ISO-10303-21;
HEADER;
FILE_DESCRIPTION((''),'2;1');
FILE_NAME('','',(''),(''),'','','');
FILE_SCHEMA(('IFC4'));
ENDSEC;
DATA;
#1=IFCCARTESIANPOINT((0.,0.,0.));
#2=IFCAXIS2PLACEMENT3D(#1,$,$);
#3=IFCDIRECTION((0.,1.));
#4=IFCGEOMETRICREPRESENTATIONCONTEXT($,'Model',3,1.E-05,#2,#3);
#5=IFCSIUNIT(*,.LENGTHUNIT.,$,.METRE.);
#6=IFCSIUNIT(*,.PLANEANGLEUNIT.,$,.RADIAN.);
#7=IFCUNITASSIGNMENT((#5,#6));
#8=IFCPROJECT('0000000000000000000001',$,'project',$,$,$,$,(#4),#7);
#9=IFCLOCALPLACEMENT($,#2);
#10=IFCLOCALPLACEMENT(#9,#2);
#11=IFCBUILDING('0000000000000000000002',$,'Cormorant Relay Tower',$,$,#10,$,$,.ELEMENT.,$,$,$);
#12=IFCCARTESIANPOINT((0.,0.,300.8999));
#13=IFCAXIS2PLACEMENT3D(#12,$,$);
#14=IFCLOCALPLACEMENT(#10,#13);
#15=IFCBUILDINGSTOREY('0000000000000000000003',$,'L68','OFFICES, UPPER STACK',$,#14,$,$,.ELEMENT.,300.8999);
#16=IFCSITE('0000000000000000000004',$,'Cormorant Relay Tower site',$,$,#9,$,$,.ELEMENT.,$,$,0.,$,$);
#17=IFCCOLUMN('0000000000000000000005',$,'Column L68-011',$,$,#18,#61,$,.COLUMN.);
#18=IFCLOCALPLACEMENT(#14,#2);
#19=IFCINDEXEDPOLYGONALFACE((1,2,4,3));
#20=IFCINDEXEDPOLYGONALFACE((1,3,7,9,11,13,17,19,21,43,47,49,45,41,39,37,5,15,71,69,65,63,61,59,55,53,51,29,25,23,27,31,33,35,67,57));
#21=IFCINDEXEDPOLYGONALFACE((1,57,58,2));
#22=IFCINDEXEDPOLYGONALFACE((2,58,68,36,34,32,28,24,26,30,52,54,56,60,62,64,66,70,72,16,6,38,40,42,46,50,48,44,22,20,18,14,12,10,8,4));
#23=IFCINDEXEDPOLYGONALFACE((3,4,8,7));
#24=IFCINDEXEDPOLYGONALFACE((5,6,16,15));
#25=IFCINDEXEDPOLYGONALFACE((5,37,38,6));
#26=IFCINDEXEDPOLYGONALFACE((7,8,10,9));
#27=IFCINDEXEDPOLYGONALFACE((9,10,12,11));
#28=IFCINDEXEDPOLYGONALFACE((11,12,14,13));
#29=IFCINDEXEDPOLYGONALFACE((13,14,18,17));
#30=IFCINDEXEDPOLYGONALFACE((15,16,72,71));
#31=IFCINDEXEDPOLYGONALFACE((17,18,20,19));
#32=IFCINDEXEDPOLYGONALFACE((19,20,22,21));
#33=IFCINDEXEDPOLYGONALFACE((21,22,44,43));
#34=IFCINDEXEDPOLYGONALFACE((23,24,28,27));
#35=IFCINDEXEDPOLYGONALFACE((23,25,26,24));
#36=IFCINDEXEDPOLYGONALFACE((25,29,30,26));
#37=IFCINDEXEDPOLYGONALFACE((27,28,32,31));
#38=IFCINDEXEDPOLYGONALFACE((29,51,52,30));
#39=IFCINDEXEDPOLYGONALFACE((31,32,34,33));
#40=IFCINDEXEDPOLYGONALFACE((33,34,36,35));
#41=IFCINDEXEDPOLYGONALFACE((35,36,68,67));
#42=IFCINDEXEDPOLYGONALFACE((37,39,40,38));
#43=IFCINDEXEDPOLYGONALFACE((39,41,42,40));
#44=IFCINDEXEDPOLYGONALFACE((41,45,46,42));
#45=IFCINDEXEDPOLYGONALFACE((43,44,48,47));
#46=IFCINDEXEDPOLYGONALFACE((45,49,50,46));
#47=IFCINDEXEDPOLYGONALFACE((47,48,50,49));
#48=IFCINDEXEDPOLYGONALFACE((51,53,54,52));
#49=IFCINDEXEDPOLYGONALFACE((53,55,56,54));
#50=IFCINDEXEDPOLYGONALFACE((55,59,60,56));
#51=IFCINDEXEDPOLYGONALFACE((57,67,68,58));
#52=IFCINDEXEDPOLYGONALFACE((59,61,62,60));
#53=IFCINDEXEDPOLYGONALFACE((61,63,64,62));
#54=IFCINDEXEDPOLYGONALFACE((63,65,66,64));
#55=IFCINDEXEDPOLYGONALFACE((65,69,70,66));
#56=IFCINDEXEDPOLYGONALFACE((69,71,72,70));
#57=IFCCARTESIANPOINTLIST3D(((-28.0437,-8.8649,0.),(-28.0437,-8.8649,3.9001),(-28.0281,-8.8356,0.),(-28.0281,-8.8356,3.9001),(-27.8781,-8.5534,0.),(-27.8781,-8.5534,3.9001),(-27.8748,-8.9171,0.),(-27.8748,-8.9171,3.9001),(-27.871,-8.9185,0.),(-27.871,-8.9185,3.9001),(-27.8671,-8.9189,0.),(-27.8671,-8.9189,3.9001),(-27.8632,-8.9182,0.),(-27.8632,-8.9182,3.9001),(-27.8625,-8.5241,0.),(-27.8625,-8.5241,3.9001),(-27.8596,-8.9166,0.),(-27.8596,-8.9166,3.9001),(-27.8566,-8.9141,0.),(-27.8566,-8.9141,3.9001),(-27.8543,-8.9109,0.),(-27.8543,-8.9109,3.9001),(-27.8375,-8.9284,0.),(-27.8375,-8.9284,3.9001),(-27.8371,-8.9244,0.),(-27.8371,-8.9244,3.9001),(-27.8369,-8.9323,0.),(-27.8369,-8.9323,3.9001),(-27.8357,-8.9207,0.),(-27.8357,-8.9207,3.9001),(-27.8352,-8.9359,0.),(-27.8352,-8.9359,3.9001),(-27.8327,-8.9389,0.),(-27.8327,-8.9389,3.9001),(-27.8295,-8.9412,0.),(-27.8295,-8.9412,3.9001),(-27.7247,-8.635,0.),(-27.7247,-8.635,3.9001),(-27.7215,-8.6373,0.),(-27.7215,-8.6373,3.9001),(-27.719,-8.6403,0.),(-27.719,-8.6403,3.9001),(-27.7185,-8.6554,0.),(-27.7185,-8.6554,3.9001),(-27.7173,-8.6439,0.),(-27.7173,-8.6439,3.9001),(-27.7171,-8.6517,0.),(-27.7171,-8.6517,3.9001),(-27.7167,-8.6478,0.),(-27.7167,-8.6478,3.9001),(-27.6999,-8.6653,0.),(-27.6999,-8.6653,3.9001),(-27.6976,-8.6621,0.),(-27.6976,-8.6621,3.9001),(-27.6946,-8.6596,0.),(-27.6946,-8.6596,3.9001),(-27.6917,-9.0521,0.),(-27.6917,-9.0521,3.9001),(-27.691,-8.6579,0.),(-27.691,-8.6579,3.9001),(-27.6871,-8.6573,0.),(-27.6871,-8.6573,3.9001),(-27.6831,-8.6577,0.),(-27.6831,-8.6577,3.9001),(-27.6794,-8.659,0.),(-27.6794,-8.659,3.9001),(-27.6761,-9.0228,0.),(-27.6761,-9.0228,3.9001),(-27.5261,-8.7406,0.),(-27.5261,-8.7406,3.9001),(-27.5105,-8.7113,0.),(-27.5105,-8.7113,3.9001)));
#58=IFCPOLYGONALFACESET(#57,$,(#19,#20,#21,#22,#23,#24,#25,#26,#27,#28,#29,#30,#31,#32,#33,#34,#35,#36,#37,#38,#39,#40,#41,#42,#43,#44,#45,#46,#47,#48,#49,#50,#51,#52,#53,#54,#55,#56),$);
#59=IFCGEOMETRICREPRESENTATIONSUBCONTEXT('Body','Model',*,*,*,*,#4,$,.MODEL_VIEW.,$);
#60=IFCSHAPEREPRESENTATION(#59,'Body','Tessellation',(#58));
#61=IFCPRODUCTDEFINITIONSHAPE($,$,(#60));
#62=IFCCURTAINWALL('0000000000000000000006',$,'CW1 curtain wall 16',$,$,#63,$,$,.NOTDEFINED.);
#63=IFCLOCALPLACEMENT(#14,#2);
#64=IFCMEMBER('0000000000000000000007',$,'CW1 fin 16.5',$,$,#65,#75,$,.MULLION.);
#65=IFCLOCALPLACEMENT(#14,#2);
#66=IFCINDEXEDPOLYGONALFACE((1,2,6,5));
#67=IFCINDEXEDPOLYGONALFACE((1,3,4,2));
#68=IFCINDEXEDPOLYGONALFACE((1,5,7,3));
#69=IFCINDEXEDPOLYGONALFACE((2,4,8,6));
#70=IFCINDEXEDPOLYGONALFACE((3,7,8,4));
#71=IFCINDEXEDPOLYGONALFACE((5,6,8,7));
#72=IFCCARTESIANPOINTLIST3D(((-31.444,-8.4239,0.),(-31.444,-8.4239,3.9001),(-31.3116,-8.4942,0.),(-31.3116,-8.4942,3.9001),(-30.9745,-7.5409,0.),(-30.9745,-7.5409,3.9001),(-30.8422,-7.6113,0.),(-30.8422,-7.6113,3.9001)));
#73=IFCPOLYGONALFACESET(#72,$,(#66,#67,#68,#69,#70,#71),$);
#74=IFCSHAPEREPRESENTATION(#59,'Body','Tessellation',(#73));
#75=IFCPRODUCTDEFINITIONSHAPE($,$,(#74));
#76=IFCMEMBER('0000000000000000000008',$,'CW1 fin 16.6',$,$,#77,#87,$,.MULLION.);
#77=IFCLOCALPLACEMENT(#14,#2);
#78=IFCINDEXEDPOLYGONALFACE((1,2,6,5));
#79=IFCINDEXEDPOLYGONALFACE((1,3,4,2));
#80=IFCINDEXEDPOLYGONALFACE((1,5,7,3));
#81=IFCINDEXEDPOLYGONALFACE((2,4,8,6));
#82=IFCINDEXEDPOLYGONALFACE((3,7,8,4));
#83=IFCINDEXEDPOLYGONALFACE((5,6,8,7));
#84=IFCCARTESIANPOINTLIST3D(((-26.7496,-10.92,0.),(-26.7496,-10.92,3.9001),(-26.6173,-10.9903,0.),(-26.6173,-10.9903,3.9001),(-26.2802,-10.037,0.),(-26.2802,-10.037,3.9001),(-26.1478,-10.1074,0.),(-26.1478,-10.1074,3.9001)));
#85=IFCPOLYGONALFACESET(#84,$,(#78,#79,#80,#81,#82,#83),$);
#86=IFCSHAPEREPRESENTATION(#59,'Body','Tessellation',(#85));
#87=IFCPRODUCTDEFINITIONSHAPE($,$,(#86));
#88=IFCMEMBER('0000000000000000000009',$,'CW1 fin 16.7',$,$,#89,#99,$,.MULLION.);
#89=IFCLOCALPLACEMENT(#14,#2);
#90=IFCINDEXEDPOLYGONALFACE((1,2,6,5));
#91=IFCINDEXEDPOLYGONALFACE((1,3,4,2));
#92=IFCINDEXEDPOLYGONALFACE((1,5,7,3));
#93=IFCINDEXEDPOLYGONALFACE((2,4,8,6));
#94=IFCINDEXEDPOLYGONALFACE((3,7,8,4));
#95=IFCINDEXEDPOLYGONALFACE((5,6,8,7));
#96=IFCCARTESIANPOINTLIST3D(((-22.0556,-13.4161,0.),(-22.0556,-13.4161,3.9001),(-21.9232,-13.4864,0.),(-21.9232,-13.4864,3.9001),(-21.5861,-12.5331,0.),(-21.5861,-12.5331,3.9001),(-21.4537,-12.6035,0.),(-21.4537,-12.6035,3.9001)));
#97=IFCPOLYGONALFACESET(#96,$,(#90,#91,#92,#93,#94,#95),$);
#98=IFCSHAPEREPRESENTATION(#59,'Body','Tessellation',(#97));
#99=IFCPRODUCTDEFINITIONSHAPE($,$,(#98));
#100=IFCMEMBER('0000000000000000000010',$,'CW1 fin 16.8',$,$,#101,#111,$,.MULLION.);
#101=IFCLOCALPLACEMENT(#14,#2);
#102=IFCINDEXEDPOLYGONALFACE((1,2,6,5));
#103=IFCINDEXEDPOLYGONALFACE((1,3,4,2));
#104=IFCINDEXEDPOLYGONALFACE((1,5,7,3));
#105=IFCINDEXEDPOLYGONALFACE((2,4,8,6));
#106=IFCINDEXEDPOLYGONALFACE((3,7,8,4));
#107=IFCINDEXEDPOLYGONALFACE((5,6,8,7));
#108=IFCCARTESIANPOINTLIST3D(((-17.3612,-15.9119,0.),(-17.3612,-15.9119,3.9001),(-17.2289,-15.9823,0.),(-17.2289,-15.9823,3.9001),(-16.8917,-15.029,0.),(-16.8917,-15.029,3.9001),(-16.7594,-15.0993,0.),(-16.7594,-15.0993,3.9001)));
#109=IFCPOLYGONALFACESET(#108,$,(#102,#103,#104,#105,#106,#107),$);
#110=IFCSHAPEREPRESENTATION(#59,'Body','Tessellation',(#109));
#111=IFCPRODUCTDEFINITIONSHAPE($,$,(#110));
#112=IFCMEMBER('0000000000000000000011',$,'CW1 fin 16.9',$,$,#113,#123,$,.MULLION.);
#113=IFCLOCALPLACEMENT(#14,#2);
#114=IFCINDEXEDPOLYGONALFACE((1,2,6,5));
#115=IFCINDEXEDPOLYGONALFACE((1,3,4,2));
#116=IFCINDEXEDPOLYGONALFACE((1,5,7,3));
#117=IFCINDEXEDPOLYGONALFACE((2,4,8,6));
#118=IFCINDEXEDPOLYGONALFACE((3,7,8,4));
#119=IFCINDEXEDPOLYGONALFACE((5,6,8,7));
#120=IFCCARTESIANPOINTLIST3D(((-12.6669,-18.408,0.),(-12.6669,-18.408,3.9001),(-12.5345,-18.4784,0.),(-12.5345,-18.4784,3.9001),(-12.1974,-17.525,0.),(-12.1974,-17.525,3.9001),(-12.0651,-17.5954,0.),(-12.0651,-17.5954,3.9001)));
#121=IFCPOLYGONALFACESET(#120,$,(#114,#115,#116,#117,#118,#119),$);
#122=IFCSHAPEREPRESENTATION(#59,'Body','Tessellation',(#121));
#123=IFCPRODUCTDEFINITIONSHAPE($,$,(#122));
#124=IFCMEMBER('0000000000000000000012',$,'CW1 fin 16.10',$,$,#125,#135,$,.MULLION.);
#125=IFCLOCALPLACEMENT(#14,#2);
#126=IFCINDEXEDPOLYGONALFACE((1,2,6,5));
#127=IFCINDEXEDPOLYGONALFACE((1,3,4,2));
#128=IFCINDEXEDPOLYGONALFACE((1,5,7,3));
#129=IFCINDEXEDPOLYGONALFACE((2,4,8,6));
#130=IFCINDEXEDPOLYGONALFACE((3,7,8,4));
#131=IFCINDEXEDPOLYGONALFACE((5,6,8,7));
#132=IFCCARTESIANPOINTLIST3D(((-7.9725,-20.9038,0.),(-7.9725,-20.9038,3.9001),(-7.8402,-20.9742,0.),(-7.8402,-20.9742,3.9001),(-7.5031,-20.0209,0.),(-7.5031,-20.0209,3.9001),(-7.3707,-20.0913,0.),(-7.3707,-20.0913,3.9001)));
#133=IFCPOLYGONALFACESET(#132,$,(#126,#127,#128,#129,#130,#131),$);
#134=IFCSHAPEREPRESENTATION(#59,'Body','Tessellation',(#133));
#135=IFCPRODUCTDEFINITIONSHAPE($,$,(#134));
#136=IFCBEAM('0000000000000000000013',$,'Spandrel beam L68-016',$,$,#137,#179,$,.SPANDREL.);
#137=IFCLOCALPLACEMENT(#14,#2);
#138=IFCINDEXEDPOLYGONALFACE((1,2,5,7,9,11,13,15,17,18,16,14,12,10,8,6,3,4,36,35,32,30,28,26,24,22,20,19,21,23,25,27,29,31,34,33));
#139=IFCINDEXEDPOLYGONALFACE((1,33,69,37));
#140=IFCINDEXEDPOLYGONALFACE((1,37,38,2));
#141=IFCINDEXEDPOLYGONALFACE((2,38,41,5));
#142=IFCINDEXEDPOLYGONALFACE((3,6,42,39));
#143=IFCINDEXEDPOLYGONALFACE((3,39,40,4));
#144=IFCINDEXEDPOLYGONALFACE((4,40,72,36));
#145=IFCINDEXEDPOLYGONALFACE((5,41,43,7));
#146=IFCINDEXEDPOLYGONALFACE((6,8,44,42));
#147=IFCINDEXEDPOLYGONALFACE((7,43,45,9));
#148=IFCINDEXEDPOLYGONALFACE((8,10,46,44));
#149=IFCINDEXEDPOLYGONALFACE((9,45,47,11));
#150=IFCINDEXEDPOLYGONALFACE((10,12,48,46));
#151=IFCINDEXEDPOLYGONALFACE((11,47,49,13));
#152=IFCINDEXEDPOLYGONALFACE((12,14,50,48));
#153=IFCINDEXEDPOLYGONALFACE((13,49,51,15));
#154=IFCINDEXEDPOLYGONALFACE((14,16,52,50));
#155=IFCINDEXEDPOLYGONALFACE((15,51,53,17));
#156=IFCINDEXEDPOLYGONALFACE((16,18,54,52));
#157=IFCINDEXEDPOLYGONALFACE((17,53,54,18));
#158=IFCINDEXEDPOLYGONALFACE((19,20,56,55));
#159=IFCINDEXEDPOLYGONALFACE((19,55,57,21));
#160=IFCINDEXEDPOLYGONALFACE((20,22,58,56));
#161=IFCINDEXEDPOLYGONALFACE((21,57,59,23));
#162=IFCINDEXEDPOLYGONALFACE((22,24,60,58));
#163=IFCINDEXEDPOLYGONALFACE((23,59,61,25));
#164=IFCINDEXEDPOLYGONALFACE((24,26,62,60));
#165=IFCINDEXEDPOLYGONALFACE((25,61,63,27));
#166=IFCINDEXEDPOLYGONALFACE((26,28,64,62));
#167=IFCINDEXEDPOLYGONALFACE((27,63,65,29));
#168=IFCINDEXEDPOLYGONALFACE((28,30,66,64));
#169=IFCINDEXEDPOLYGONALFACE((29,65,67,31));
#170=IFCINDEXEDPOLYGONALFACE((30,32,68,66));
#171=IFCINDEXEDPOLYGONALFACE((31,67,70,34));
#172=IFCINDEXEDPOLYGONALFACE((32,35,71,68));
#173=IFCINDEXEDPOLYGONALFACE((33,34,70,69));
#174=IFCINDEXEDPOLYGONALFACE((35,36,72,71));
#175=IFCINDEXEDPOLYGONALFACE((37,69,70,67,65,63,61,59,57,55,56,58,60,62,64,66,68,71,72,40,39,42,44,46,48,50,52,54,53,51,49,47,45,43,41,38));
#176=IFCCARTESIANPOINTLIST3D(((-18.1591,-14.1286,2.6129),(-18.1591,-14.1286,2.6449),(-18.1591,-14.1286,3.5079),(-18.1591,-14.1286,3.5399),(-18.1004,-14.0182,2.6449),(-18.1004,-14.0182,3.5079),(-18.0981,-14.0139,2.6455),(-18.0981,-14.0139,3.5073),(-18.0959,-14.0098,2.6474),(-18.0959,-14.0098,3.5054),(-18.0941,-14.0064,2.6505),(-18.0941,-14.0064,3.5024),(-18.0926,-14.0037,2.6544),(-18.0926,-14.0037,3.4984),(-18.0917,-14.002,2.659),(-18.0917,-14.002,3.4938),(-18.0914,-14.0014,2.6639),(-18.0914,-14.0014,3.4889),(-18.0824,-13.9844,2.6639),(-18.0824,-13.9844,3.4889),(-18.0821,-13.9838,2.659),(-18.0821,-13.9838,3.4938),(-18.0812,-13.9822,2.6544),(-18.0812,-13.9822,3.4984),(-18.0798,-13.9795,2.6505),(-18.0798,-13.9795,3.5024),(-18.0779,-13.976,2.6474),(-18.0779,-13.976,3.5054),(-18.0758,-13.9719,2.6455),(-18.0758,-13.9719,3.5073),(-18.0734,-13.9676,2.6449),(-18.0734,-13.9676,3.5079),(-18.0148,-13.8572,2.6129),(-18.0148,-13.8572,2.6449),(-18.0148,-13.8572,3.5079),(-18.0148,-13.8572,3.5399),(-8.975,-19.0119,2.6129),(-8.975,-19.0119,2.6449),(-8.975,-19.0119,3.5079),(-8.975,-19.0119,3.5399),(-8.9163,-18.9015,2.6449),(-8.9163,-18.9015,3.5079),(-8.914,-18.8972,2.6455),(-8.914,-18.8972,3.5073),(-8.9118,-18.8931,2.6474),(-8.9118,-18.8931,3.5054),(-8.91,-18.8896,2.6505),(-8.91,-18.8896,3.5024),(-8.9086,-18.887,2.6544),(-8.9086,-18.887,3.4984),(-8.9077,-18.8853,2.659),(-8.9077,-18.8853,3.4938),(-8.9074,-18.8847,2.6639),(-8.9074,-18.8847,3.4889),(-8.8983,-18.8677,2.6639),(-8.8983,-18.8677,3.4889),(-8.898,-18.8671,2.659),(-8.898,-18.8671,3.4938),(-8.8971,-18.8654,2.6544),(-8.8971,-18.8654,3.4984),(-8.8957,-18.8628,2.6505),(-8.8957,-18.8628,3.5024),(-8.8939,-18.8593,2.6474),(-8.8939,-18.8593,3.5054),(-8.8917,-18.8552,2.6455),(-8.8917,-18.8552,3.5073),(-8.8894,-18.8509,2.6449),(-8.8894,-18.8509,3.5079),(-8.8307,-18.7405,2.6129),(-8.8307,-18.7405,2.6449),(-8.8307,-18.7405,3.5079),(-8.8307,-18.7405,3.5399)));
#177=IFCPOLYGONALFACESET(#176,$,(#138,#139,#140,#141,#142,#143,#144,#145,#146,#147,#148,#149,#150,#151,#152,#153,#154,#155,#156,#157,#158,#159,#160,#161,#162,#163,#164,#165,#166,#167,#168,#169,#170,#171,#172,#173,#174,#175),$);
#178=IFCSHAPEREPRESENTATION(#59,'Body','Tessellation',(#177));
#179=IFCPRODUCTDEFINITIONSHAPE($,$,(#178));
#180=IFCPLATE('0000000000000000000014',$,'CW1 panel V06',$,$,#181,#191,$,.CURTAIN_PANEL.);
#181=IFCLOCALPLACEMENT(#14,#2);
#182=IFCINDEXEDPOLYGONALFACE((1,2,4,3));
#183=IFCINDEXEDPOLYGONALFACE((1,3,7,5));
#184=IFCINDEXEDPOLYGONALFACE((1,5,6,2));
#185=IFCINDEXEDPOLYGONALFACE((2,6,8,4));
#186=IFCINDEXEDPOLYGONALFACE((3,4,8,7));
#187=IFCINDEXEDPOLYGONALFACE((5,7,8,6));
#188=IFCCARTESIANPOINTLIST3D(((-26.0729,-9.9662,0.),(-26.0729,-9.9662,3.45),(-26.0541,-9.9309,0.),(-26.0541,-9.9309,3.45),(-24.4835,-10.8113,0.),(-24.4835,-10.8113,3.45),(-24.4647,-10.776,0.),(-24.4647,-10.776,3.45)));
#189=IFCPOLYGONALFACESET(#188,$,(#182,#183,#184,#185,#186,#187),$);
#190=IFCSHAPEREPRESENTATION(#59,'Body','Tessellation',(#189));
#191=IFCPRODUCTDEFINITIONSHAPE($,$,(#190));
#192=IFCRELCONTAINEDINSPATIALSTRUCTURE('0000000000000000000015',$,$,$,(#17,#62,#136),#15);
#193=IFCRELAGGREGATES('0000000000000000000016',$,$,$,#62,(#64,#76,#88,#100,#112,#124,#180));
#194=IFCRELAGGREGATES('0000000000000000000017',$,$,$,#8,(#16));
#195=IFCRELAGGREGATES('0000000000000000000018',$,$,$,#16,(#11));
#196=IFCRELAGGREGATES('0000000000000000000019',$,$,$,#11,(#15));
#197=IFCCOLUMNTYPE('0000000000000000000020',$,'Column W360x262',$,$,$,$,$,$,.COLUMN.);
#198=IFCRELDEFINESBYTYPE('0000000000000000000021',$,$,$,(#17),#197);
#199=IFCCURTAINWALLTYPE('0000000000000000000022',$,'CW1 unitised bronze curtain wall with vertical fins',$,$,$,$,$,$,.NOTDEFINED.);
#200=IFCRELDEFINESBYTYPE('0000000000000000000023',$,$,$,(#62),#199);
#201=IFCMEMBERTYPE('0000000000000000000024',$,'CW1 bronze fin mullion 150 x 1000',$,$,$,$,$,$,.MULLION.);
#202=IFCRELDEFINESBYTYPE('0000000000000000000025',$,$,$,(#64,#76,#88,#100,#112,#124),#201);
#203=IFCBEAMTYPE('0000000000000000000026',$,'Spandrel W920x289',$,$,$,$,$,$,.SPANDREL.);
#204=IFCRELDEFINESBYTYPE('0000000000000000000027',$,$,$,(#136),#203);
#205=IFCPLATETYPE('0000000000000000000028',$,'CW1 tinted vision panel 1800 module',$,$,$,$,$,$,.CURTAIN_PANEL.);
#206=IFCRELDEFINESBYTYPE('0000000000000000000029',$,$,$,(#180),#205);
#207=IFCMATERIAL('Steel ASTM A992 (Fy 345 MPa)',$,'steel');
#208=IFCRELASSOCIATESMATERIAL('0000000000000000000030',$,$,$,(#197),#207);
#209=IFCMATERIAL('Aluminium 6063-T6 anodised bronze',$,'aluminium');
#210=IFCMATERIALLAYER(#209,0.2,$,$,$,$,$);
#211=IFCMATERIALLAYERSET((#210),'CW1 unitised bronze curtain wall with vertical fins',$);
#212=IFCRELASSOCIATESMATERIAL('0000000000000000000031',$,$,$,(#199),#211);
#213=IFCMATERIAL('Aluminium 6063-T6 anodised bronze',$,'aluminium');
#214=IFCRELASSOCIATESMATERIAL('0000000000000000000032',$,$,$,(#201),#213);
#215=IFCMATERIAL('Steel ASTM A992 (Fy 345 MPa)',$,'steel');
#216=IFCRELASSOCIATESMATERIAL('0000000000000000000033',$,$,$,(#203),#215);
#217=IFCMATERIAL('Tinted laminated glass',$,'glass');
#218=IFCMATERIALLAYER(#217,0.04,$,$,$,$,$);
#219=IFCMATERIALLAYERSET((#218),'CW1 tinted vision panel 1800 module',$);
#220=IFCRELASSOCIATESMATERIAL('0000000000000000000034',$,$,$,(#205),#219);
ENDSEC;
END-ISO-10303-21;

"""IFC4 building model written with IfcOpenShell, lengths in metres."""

from ifc_helpers import new_model, si_unit, direction, frame, origin, origin_2d, place, context, subcontext, project, spatial, rectangle, i_section, extrude, material, layer, layer_set, material_profile, profile_set, type_object, element, aggregate, save


model = new_model("IFC4")

# Units and contexts
model_context = context("Model", 3, precision=1e-05, world=origin(), true_north=direction((0.0, 1.0)))
body_context = subcontext(model_context, "Body", "Model", "MODEL_VIEW")
ifc_project = project(units=[si_unit("LENGTHUNIT", "METRE"), si_unit("PLANEANGLEUNIT", "RADIAN")], contexts=[model_context])

# Site, building, storey
site_placement = place(None, origin())
site = spatial("IfcSite", under=ifc_project, at=site_placement, Name="Cormorant Relay Tower site", CompositionType="ELEMENT", RefElevation=0.0)
building_placement = place(site_placement, origin())
building = spatial("IfcBuilding", under=site, at=building_placement, Name="Cormorant Relay Tower", CompositionType="ELEMENT")
storey_placement = place(building_placement, frame((0.0, 0.0, 300.8999)))
storey = spatial("IfcBuildingStorey", under=building, at=storey_placement, Name="L68", Description="OFFICES, UPPER STACK", CompositionType="ELEMENT", Elevation=300.8999)

# Column
ifc_material_1 = material(Name="Steel ASTM A992 (Fy 345 MPa)", Category="steel")
ifc_material_profile_1 = material_profile(ifc_material_1, i_section(OverallWidth=0.3987, OverallDepth=0.386, WebThickness=0.021, FlangeThickness=0.0332, FilletRadius=0.0151, at=origin_2d()), Name="W360x262")
ifc_profile_set_1 = profile_set([ifc_material_profile_1], Name="Steel ASTM A992 (Fy 345 MPa)")
column_type_1 = type_object("IfcColumnType", Name="Column W360x262", PredefinedType="COLUMN", material=ifc_profile_set_1)
for number, where, z_axis, x_axis, name in (
    (1, (-27.7771, -8.7881, 0.0), (0.0, 0.0, 1.0), (0.882948, -0.469472, 0.0), "Column L68-011"),
):
    element("IfcColumn", number, at=place(storey_placement, frame(where, z_axis=z_axis, x_axis=x_axis)), inside=storey, type_object=column_type_1, Name=name, PredefinedType="COLUMN", context=body_context, shape_type="SweptSolid", body=[
        extrude(i_section(OverallWidth=0.3987, OverallDepth=0.386, WebThickness=0.021, FlangeThickness=0.0332, FilletRadius=0.0151, at=origin_2d()), origin(), (0.0, 0.0, 1.0), 3.9001),
    ])

# Curtain wall, members
ifc_material_2 = material(Name="Aluminium 6063-T6 anodised bronze", Category="aluminium")
ifc_layer_1 = layer(ifc_material_2, 0.2)
ifc_layer_set_1 = layer_set([ifc_layer_1], Name="CW1 unitised bronze curtain wall with vertical fins")
curtain_wall_type = type_object("IfcCurtainWallType", Name="CW1 unitised bronze curtain wall with vertical fins", PredefinedType="NOTDEFINED", material=ifc_layer_set_1)
curtain_wall_placement = place(storey_placement, origin())
curtain_wall = element("IfcCurtainWall", 2, at=curtain_wall_placement, inside=storey, type_object=curtain_wall_type, Name="CW1 curtain wall 16", PredefinedType="NOTDEFINED")
ifc_material_3 = material(Name="Aluminium 6063-T6 anodised bronze", Category="aluminium")
ifc_material_profile_2 = material_profile(ifc_material_3, rectangle(XDim=0.1499, YDim=1.0, at=origin_2d()), Name="AL 150x1000")
ifc_profile_set_2 = profile_set([ifc_material_profile_2], Name="Aluminium 6063-T6 anodised bronze")
member_type = type_object("IfcMemberType", Name="CW1 bronze fin mullion 150 x 1000", PredefinedType="MULLION", material=ifc_profile_set_2)
member_1_placement = place(storey_placement, frame((-31.1431, -8.0176, 0.0), z_axis=(0.0, 0.0, 1.0), x_axis=(0.882948, -0.469472, 0.0)))
member_1 = element("IfcMember", 3, at=member_1_placement, type_object=member_type, Name="CW1 fin 16.5", PredefinedType="MULLION", context=body_context, shape_type="SweptSolid", body=[
    extrude(rectangle(XDim=0.1499, YDim=1.0, at=origin_2d()), origin(), (0.0, 0.0, 1.0), 3.9001),
])
member_2_placement = place(storey_placement, frame((-26.4487, -10.5137, 0.0), z_axis=(0.0, 0.0, 1.0), x_axis=(0.882948, -0.469472, 0.0)))
member_2 = element("IfcMember", 4, at=member_2_placement, type_object=member_type, Name="CW1 fin 16.6", PredefinedType="MULLION", context=body_context, shape_type="SweptSolid", body=[
    extrude(rectangle(XDim=0.1499, YDim=1.0, at=origin_2d()), origin(), (0.0, 0.0, 1.0), 3.9001),
])
member_3_placement = place(storey_placement, frame((-21.7546, -13.0098, 0.0), z_axis=(0.0, 0.0, 1.0), x_axis=(0.882948, -0.469472, 0.0)))
member_3 = element("IfcMember", 5, at=member_3_placement, type_object=member_type, Name="CW1 fin 16.7", PredefinedType="MULLION", context=body_context, shape_type="SweptSolid", body=[
    extrude(rectangle(XDim=0.1499, YDim=1.0, at=origin_2d()), origin(), (0.0, 0.0, 1.0), 3.9001),
])
member_4_placement = place(storey_placement, frame((-17.0603, -15.5056, 0.0), z_axis=(0.0, 0.0, 1.0), x_axis=(0.882948, -0.469472, 0.0)))
member_4 = element("IfcMember", 6, at=member_4_placement, type_object=member_type, Name="CW1 fin 16.8", PredefinedType="MULLION", context=body_context, shape_type="SweptSolid", body=[
    extrude(rectangle(XDim=0.1499, YDim=1.0, at=origin_2d()), origin(), (0.0, 0.0, 1.0), 3.9001),
])
member_5_placement = place(storey_placement, frame((-12.366, -18.0017, 0.0), z_axis=(0.0, 0.0, 1.0), x_axis=(0.882948, -0.469472, 0.0)))
member_5 = element("IfcMember", 7, at=member_5_placement, type_object=member_type, Name="CW1 fin 16.9", PredefinedType="MULLION", context=body_context, shape_type="SweptSolid", body=[
    extrude(rectangle(XDim=0.1499, YDim=1.0, at=origin_2d()), origin(), (0.0, 0.0, 1.0), 3.9001),
])
member_6_placement = place(storey_placement, frame((-7.6716, -20.4976, 0.0), z_axis=(0.0, 0.0, 1.0), x_axis=(0.882948, -0.469472, 0.0)))
member_6 = element("IfcMember", 8, at=member_6_placement, type_object=member_type, Name="CW1 fin 16.10", PredefinedType="MULLION", context=body_context, shape_type="SweptSolid", body=[
    extrude(rectangle(XDim=0.1499, YDim=1.0, at=origin_2d()), origin(), (0.0, 0.0, 1.0), 3.9001),
])

# Beam
ifc_material_4 = material(Name="Steel ASTM A992 (Fy 345 MPa)", Category="steel")
ifc_material_profile_3 = material_profile(ifc_material_4, i_section(OverallWidth=0.3074, OverallDepth=0.927, WebThickness=0.0193, FlangeThickness=0.032, FilletRadius=0.019, at=origin_2d()), Name="W920x289")
ifc_profile_set_3 = profile_set([ifc_material_profile_3], Name="Steel ASTM A992 (Fy 345 MPa)")
beam_type = type_object("IfcBeamType", Name="Spandrel W920x289", PredefinedType="SPANDREL", material=ifc_profile_set_3)
beam_placement = place(storey_placement, frame((-18.0869, -13.9929, 3.0764), z_axis=(0.882946, -0.469474, 0.0), x_axis=(0.469474, 0.882946, 0.0)))
element("IfcBeam", 9, at=beam_placement, inside=storey, type_object=beam_type, Name="Spandrel beam L68-016", PredefinedType="SPANDREL", context=body_context, shape_type="SweptSolid", body=[
    extrude(i_section(OverallWidth=0.3074, OverallDepth=0.927, WebThickness=0.0193, FlangeThickness=0.032, FilletRadius=0.019, at=origin_2d()), origin(), (0.0, 0.0, 1.0), 10.4016),
])

# Plate
ifc_material_5 = material(Name="Tinted laminated glass", Category="glass")
ifc_layer_2 = layer(ifc_material_5, 0.04)
ifc_layer_set_2 = layer_set([ifc_layer_2], Name="CW1 tinted vision panel 1800 module")
plate_type_1 = type_object("IfcPlateType", Name="CW1 tinted vision panel 1800 module", PredefinedType="CURTAIN_PANEL", material=ifc_layer_set_2)
plate_1_placement = place(storey_placement, frame((-25.2688, -10.3711, 0.0), z_axis=(0.0, 0.0, 1.0), x_axis=(0.882948, -0.469472, 0.0)))
plate_1 = element("IfcPlate", 10, at=plate_1_placement, type_object=plate_type_1, Name="CW1 panel V06", PredefinedType="CURTAIN_PANEL", context=body_context, shape_type="SweptSolid", body=[
    extrude(rectangle(XDim=1.8, YDim=0.04, at=origin_2d()), origin(), (0.0, 0.0, 1.0), 3.45),
])

aggregate(curtain_wall, [member_1, member_2, member_3, member_4, member_5, member_6, plate_1])

save(model, "model.ifc")
